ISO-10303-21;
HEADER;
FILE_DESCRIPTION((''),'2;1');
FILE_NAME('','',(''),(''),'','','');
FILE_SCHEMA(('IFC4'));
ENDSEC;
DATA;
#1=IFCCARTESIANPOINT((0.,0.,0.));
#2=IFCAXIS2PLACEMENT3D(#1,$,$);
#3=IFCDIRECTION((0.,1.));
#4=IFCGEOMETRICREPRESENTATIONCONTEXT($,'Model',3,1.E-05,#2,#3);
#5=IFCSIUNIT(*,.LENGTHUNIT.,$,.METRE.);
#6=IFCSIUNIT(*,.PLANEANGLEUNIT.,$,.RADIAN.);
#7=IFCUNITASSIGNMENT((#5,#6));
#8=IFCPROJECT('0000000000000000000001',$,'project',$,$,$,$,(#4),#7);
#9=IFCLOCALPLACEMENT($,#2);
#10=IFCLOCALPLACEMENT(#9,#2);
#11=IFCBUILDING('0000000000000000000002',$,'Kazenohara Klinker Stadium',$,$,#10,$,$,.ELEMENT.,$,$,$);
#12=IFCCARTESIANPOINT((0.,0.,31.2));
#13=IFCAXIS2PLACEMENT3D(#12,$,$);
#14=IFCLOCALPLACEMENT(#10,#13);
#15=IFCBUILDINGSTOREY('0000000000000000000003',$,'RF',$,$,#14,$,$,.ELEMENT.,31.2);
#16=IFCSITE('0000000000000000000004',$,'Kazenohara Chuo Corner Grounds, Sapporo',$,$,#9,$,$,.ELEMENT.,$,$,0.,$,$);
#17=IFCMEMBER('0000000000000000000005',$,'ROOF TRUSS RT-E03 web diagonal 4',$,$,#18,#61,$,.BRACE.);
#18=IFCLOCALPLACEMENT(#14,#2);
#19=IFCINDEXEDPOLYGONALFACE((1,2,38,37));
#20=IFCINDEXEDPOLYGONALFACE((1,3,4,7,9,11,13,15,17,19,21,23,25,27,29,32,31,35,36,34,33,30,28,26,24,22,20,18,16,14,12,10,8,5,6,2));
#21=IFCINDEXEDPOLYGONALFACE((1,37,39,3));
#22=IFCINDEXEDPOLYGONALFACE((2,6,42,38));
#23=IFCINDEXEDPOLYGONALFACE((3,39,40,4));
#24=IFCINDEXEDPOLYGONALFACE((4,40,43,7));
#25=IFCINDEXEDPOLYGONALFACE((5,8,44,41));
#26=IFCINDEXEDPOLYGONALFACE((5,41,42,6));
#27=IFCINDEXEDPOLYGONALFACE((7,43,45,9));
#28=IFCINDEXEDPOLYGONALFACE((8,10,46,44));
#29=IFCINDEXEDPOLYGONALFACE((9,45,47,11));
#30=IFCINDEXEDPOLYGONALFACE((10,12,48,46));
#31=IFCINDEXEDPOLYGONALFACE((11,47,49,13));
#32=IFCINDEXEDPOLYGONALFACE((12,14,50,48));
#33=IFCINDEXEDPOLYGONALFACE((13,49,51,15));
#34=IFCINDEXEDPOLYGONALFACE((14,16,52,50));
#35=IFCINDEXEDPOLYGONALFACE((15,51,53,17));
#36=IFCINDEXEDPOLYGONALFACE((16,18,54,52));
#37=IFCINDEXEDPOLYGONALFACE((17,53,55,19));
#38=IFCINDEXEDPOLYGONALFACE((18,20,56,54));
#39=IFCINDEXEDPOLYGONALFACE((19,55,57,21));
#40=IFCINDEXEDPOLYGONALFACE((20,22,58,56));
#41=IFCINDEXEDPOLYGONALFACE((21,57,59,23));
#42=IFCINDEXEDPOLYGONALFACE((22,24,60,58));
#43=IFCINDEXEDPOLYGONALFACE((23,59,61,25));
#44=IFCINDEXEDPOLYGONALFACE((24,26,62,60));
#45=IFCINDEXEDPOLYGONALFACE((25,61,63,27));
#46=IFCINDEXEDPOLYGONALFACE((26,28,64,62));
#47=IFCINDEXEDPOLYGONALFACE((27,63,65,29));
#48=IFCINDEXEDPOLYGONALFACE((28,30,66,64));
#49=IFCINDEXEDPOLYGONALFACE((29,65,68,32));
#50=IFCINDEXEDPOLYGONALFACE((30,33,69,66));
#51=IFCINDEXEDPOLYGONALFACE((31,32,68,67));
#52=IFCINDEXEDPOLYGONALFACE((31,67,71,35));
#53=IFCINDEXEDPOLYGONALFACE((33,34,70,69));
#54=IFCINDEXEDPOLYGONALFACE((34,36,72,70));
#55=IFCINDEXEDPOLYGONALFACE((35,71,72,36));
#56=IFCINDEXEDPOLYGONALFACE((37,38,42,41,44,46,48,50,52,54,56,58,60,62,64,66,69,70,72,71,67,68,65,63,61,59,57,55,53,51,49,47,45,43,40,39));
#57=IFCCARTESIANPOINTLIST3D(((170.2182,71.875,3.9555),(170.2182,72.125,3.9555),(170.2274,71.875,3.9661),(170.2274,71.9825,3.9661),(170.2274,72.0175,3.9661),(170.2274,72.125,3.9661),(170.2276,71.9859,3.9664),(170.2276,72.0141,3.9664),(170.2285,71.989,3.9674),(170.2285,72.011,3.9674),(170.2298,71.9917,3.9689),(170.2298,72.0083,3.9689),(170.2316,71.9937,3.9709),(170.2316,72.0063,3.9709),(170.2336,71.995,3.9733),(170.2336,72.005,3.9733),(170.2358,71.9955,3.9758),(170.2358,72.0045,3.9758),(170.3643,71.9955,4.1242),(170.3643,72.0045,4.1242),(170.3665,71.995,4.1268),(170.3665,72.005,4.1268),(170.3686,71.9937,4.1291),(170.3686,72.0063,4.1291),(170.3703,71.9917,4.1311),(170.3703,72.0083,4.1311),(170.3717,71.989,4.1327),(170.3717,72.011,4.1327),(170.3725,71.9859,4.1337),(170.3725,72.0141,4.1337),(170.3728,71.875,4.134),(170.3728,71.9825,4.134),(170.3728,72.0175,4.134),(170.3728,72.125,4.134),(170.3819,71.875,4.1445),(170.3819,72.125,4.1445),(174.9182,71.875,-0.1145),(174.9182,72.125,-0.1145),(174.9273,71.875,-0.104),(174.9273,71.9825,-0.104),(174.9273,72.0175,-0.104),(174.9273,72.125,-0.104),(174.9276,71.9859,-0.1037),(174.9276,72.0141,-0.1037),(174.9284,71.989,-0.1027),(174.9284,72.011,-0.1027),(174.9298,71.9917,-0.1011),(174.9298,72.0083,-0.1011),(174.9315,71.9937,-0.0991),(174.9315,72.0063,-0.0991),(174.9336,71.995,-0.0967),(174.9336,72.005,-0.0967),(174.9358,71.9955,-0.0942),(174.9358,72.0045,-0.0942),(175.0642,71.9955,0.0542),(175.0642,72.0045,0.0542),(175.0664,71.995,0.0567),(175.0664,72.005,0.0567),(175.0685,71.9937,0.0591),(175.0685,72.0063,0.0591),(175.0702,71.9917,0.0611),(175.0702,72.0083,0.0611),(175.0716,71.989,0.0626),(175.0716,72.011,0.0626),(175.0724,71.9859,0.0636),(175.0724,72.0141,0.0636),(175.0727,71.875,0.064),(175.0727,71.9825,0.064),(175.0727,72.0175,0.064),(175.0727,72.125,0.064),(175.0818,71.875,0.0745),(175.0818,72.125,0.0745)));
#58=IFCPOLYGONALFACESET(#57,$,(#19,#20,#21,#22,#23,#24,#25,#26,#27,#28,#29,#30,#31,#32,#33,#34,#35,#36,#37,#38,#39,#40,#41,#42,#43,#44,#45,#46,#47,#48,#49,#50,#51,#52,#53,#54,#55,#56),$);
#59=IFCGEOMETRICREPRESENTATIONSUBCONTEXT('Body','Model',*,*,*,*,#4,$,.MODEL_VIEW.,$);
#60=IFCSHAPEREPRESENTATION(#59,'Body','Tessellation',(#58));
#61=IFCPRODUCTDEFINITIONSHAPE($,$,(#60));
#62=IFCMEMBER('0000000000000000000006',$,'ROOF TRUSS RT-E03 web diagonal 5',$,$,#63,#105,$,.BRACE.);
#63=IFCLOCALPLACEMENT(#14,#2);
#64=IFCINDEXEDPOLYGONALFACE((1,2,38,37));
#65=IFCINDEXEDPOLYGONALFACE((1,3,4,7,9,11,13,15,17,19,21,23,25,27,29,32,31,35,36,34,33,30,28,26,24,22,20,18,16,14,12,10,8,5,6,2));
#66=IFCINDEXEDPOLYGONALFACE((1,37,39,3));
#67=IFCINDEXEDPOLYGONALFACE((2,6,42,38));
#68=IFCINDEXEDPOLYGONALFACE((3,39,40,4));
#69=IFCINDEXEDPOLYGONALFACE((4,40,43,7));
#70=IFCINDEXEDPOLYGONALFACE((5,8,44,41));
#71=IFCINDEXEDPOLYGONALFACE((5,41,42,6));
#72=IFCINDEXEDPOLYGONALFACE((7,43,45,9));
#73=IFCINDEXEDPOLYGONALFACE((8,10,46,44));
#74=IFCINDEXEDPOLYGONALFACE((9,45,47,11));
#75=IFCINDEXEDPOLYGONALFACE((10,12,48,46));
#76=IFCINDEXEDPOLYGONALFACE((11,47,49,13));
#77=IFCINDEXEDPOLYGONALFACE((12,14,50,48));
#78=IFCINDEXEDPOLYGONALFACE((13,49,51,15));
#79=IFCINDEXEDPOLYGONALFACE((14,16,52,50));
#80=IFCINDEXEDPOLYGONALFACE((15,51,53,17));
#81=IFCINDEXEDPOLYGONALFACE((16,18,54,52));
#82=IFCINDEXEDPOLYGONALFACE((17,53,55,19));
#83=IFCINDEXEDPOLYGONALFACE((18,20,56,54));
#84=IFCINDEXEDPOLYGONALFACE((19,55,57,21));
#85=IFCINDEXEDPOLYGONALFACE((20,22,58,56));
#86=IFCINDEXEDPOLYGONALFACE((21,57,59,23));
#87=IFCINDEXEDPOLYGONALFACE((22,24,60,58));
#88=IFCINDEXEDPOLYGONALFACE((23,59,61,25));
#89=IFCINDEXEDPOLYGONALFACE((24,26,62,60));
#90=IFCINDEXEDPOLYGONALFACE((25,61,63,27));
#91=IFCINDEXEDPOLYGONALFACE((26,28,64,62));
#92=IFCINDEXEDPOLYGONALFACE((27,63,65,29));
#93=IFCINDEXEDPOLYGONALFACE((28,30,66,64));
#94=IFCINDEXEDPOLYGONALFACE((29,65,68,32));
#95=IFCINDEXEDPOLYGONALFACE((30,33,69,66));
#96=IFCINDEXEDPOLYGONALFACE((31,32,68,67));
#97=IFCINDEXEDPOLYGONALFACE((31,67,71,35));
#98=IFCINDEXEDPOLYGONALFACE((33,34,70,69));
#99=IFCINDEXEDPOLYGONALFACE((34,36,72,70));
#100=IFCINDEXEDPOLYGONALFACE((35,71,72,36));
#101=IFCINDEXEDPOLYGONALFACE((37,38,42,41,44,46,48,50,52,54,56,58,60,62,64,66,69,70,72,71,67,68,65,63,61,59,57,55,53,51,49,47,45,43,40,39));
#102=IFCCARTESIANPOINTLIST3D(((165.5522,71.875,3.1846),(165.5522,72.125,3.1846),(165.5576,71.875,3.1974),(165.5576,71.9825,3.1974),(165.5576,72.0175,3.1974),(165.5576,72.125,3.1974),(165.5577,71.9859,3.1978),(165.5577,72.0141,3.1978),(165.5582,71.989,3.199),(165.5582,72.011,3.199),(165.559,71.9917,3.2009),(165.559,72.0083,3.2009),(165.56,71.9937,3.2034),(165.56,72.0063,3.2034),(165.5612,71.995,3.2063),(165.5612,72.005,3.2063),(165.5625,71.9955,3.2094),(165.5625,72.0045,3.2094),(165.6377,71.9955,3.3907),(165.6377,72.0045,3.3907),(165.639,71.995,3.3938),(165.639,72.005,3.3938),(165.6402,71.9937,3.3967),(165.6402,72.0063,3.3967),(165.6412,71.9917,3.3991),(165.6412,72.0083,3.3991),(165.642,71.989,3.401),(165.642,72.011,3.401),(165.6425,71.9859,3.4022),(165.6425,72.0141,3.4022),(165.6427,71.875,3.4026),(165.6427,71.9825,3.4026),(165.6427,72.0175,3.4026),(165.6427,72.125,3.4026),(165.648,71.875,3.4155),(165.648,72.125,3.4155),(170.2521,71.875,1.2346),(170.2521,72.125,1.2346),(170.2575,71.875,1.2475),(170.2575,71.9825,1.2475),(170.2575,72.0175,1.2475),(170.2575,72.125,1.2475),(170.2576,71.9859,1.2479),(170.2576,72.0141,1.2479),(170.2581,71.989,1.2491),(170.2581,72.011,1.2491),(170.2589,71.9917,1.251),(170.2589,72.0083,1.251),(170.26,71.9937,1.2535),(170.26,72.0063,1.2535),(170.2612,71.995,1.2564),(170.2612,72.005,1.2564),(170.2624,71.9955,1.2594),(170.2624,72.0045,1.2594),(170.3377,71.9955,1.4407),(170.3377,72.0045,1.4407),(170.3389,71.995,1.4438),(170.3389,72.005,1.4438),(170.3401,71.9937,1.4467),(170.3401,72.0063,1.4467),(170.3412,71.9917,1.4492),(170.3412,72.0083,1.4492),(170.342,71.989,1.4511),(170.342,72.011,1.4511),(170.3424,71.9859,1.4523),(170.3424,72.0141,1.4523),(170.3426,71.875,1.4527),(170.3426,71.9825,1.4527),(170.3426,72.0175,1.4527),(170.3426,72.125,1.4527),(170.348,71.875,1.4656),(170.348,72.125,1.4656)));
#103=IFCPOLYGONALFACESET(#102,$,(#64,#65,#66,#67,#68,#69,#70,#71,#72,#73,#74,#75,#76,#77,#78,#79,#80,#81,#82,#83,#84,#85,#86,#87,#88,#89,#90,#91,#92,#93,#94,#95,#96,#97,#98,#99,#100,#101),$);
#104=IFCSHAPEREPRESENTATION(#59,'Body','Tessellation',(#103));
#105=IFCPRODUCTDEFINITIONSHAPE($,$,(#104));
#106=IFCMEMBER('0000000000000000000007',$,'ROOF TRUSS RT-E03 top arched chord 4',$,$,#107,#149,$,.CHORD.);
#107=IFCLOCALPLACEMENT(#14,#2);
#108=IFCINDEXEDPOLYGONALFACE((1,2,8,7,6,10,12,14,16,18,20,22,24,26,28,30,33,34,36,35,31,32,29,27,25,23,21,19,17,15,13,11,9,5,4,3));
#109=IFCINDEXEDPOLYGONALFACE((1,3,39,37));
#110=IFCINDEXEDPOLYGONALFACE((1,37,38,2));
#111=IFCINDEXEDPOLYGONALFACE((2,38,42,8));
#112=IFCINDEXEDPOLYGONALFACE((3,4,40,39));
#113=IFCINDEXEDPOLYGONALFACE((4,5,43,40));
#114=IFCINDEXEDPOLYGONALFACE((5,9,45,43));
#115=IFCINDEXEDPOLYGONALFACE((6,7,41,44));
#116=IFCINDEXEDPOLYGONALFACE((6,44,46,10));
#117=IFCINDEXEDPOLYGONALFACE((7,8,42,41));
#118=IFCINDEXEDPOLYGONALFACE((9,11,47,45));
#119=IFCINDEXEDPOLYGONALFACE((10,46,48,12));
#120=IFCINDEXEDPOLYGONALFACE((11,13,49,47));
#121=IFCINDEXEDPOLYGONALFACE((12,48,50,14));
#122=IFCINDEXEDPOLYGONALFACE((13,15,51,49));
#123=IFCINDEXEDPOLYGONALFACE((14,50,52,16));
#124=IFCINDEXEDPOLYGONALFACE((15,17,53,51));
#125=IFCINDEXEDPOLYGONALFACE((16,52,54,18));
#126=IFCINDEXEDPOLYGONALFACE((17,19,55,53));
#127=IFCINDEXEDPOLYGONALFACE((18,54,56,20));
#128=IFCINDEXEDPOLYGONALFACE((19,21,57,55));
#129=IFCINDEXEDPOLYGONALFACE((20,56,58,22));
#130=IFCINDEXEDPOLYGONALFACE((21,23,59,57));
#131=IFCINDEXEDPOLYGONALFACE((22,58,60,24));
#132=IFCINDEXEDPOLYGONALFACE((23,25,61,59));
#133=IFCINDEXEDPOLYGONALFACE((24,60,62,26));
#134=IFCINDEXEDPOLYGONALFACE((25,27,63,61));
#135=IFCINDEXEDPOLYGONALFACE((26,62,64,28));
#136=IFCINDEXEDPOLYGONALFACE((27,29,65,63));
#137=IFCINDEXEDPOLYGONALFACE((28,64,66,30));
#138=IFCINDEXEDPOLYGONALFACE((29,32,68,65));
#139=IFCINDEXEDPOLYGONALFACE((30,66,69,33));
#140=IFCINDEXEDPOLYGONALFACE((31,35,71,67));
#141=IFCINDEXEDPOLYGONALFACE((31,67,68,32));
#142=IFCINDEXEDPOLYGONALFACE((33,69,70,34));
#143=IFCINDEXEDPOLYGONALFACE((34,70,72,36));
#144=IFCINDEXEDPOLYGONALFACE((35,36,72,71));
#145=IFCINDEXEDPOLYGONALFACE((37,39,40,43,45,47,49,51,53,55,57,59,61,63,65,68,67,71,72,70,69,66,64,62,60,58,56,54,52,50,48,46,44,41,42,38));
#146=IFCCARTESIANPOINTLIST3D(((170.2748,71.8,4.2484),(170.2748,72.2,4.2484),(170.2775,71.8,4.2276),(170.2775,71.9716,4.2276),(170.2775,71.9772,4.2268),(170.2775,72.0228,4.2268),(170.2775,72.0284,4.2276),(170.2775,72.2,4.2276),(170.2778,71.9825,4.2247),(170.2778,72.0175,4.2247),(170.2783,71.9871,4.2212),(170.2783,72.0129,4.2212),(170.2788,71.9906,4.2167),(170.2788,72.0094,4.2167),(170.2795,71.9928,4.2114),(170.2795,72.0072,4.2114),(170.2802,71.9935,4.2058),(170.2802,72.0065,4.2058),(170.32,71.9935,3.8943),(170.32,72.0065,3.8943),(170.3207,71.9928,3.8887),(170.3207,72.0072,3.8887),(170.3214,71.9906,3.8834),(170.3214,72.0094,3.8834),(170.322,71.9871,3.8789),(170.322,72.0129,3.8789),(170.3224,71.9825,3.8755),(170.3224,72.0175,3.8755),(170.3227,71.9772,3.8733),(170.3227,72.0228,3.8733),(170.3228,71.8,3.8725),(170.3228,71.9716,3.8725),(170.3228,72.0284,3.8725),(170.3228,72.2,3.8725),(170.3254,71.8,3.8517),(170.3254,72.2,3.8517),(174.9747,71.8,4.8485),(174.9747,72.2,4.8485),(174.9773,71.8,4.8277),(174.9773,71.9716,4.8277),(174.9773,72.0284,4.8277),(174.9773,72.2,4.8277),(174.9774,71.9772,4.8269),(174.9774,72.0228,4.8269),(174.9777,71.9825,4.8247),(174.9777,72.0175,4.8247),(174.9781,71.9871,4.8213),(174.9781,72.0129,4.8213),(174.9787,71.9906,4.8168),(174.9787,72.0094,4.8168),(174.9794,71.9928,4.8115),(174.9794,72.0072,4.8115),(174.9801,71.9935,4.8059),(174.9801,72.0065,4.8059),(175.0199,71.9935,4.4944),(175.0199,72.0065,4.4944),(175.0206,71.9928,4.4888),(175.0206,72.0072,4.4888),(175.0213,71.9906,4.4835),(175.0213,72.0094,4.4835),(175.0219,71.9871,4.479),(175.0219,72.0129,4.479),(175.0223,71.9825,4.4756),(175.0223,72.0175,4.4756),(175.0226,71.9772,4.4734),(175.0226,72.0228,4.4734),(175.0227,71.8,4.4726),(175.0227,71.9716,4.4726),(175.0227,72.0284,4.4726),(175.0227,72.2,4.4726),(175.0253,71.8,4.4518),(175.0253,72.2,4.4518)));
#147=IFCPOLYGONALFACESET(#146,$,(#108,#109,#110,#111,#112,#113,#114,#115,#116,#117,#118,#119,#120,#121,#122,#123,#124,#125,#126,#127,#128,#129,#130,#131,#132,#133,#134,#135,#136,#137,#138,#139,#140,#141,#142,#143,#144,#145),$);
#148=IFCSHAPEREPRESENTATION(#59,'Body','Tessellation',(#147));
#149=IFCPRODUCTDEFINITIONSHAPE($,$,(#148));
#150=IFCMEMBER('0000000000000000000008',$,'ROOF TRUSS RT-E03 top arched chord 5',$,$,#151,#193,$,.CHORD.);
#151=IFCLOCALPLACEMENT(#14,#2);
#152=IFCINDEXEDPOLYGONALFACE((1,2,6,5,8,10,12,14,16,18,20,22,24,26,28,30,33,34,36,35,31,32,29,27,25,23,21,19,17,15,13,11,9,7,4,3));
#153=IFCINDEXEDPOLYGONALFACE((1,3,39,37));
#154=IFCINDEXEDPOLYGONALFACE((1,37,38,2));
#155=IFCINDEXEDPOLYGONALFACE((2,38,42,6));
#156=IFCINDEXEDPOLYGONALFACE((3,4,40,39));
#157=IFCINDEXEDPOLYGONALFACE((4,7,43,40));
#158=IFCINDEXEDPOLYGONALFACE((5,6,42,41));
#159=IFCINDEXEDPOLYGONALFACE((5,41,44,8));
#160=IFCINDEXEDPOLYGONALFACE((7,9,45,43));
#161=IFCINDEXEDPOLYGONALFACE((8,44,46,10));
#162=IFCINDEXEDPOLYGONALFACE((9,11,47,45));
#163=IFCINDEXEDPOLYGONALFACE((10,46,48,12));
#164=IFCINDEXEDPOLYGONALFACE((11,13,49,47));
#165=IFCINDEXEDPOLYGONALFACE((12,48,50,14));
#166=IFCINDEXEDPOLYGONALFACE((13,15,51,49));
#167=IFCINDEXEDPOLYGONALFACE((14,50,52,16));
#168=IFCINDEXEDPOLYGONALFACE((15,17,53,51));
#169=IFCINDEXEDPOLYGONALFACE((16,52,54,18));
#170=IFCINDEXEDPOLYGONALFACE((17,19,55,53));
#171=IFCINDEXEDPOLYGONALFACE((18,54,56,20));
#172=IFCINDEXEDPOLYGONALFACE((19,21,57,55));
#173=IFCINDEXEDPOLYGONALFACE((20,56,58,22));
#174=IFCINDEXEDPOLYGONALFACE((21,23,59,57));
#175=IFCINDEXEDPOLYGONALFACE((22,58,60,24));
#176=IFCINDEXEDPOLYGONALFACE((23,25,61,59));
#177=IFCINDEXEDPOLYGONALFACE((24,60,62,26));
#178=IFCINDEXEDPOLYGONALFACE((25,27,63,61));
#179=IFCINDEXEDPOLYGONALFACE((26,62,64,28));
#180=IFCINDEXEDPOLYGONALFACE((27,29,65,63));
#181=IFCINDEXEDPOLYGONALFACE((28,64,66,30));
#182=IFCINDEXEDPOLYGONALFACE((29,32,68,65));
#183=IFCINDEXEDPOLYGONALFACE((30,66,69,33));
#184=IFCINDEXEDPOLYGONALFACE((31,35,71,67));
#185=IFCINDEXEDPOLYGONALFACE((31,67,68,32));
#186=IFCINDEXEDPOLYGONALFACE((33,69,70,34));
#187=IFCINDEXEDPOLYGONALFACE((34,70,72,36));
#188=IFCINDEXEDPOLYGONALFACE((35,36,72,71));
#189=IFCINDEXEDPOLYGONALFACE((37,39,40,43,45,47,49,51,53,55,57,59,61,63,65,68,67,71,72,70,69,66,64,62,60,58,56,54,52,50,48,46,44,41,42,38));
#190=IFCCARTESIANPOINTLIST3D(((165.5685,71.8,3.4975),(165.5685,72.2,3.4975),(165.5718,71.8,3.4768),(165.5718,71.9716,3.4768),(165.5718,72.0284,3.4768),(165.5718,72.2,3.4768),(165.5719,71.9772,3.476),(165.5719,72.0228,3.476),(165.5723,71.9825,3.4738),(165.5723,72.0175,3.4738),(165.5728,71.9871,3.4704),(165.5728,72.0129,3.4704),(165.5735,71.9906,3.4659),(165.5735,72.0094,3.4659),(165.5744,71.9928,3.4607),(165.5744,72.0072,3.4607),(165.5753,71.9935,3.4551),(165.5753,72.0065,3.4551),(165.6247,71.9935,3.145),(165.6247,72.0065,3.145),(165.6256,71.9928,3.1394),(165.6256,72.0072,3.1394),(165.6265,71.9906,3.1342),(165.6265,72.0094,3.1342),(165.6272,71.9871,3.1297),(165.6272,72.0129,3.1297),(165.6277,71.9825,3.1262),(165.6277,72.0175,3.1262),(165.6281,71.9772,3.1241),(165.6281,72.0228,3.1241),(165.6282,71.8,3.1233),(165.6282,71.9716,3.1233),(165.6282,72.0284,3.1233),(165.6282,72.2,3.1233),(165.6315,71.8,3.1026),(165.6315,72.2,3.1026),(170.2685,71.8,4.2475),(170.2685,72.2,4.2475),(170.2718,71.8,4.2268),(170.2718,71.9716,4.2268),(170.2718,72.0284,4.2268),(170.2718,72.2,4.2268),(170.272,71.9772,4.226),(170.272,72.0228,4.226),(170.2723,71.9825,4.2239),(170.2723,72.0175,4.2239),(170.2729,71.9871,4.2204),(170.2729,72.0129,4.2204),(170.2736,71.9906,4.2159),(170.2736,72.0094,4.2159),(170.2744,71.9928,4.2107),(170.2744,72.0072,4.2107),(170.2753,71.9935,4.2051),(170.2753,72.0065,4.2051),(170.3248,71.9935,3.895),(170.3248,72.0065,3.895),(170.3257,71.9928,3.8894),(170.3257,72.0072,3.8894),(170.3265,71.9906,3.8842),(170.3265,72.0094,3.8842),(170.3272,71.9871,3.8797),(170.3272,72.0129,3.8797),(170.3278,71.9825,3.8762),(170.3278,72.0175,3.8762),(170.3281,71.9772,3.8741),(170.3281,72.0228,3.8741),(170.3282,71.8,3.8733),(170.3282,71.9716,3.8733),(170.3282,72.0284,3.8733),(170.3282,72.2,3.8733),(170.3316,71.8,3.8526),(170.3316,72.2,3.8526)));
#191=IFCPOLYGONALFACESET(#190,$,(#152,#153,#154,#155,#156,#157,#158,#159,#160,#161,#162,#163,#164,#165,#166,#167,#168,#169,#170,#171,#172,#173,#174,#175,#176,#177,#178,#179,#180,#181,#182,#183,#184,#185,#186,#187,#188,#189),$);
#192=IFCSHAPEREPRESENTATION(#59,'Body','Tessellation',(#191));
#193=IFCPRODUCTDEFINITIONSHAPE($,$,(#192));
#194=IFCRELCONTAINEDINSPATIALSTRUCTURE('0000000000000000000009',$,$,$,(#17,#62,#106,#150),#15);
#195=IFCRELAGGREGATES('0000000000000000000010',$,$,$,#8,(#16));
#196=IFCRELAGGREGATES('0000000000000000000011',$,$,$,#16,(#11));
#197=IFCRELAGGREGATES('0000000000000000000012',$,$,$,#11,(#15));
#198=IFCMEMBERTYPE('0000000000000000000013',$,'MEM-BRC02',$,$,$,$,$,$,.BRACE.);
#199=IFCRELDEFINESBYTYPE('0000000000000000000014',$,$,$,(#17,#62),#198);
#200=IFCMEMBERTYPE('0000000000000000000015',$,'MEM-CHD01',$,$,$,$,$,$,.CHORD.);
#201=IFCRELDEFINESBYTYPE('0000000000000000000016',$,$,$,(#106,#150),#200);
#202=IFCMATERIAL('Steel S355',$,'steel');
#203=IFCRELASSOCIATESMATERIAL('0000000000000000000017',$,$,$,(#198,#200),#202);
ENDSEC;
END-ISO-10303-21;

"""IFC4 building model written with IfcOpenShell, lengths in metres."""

from ifc_helpers import new_model, si_unit, direction, frame, origin, origin_2d, place, context, subcontext, project, spatial, i_section, extrude, material, material_profile, profile_set, type_object, element, save


model = new_model("IFC4")

# Units and contexts
model_context = context("Model", 3, precision=1e-05, world=origin(), true_north=direction((0.0, 1.0)))
body_context = subcontext(model_context, "Body", "Model", "MODEL_VIEW")
ifc_project = project(units=[si_unit("LENGTHUNIT", "METRE"), si_unit("PLANEANGLEUNIT", "RADIAN")], contexts=[model_context])

# Site, building, storey
site_placement = place(None, origin())
site = spatial("IfcSite", under=ifc_project, at=site_placement, Name="Kazenohara Chuo Corner Grounds, Sapporo", CompositionType="ELEMENT", RefElevation=0.0)
building_placement = place(site_placement, origin())
building = spatial("IfcBuilding", under=site, at=building_placement, Name="Kazenohara Klinker Stadium", CompositionType="ELEMENT")
storey_placement = place(building_placement, frame((0.0, 0.0, 31.2)))
storey = spatial("IfcBuildingStorey", under=building, at=storey_placement, Name="RF", CompositionType="ELEMENT", Elevation=31.2)

# Members
ifc_material_1 = material(Name="Steel S355", Category="steel")
ifc_material_profile_1 = material_profile(ifc_material_1, i_section(OverallWidth=0.25, OverallDepth=0.25, WebThickness=0.009, FlangeThickness=0.0139, FilletRadius=0.0129, at=origin_2d()), Name="H-250x250x9x14")
ifc_profile_set_1 = profile_set([ifc_material_profile_1], Name="Steel S355")
member_type_1 = type_object("IfcMemberType", Name="MEM-BRC02", PredefinedType="BRACE", material=ifc_profile_set_1)
member_1_placement = place(storey_placement, frame((175.0, 72.0, -0.02), z_axis=(-0.755946, 0.0, 0.654634), x_axis=(0.0, -1.0, 0.0)))
element("IfcMember", 1, at=member_1_placement, inside=storey, type_object=member_type_1, Name="ROOF TRUSS RT-E03 web diagonal 4", PredefinedType="BRACE", context=body_context, shape_type="SweptSolid", body=[
    extrude(i_section(OverallWidth=0.25, OverallDepth=0.25, WebThickness=0.009, FlangeThickness=0.0139, FilletRadius=0.0129, at=origin_2d()), origin(), (0.0, 0.0, 1.0), 6.2173),
])
member_2_placement = place(storey_placement, frame((170.3, 72.0, 1.3501), z_axis=(-0.923659, 0.0, 0.383215), x_axis=(0.0, -1.0, 0.0)))
element("IfcMember", 2, at=member_2_placement, inside=storey, type_object=member_type_1, Name="ROOF TRUSS RT-E03 web diagonal 5", PredefinedType="BRACE", context=body_context, shape_type="SweptSolid", body=[
    extrude(i_section(OverallWidth=0.25, OverallDepth=0.25, WebThickness=0.009, FlangeThickness=0.0139, FilletRadius=0.0129, at=origin_2d()), origin(), (0.0, 0.0, 1.0), 5.0884),
])
ifc_material_profile_2 = material_profile(ifc_material_1, i_section(OverallWidth=0.3999, OverallDepth=0.3999, WebThickness=0.0129, FlangeThickness=0.021, FilletRadius=0.022, at=origin_2d()), Name="H-400x400x13x21")
ifc_profile_set_2 = profile_set([ifc_material_profile_2], Name="Steel S355")
member_type_2 = type_object("IfcMemberType", Name="MEM-CHD01", PredefinedType="CHORD", material=ifc_profile_set_2)
member_3_placement = place(storey_placement, frame((175.0, 72.0, 4.6501), z_axis=(-0.991947, 0.0, -0.126653), x_axis=(0.0, -1.0, 0.0)))
element("IfcMember", 3, at=member_3_placement, inside=storey, type_object=member_type_2, Name="ROOF TRUSS RT-E03 top arched chord 4", PredefinedType="CHORD", context=body_context, shape_type="SweptSolid", body=[
    extrude(i_section(OverallWidth=0.3999, OverallDepth=0.3999, WebThickness=0.0129, FlangeThickness=0.021, FilletRadius=0.022, at=origin_2d()), origin(), (0.0, 0.0, 1.0), 4.738),
])
member_4_placement = place(storey_placement, frame((170.3, 72.0, 4.05), z_axis=(-0.987506, 0.0, -0.157582), x_axis=(0.0, -1.0, 0.0)))
element("IfcMember", 4, at=member_4_placement, inside=storey, type_object=member_type_2, Name="ROOF TRUSS RT-E03 top arched chord 5", PredefinedType="CHORD", context=body_context, shape_type="SweptSolid", body=[
    extrude(i_section(OverallWidth=0.3999, OverallDepth=0.3999, WebThickness=0.0129, FlangeThickness=0.021, FilletRadius=0.022, at=origin_2d()), origin(), (0.0, 0.0, 1.0), 4.7595),
])

save(model, "model.ifc")
